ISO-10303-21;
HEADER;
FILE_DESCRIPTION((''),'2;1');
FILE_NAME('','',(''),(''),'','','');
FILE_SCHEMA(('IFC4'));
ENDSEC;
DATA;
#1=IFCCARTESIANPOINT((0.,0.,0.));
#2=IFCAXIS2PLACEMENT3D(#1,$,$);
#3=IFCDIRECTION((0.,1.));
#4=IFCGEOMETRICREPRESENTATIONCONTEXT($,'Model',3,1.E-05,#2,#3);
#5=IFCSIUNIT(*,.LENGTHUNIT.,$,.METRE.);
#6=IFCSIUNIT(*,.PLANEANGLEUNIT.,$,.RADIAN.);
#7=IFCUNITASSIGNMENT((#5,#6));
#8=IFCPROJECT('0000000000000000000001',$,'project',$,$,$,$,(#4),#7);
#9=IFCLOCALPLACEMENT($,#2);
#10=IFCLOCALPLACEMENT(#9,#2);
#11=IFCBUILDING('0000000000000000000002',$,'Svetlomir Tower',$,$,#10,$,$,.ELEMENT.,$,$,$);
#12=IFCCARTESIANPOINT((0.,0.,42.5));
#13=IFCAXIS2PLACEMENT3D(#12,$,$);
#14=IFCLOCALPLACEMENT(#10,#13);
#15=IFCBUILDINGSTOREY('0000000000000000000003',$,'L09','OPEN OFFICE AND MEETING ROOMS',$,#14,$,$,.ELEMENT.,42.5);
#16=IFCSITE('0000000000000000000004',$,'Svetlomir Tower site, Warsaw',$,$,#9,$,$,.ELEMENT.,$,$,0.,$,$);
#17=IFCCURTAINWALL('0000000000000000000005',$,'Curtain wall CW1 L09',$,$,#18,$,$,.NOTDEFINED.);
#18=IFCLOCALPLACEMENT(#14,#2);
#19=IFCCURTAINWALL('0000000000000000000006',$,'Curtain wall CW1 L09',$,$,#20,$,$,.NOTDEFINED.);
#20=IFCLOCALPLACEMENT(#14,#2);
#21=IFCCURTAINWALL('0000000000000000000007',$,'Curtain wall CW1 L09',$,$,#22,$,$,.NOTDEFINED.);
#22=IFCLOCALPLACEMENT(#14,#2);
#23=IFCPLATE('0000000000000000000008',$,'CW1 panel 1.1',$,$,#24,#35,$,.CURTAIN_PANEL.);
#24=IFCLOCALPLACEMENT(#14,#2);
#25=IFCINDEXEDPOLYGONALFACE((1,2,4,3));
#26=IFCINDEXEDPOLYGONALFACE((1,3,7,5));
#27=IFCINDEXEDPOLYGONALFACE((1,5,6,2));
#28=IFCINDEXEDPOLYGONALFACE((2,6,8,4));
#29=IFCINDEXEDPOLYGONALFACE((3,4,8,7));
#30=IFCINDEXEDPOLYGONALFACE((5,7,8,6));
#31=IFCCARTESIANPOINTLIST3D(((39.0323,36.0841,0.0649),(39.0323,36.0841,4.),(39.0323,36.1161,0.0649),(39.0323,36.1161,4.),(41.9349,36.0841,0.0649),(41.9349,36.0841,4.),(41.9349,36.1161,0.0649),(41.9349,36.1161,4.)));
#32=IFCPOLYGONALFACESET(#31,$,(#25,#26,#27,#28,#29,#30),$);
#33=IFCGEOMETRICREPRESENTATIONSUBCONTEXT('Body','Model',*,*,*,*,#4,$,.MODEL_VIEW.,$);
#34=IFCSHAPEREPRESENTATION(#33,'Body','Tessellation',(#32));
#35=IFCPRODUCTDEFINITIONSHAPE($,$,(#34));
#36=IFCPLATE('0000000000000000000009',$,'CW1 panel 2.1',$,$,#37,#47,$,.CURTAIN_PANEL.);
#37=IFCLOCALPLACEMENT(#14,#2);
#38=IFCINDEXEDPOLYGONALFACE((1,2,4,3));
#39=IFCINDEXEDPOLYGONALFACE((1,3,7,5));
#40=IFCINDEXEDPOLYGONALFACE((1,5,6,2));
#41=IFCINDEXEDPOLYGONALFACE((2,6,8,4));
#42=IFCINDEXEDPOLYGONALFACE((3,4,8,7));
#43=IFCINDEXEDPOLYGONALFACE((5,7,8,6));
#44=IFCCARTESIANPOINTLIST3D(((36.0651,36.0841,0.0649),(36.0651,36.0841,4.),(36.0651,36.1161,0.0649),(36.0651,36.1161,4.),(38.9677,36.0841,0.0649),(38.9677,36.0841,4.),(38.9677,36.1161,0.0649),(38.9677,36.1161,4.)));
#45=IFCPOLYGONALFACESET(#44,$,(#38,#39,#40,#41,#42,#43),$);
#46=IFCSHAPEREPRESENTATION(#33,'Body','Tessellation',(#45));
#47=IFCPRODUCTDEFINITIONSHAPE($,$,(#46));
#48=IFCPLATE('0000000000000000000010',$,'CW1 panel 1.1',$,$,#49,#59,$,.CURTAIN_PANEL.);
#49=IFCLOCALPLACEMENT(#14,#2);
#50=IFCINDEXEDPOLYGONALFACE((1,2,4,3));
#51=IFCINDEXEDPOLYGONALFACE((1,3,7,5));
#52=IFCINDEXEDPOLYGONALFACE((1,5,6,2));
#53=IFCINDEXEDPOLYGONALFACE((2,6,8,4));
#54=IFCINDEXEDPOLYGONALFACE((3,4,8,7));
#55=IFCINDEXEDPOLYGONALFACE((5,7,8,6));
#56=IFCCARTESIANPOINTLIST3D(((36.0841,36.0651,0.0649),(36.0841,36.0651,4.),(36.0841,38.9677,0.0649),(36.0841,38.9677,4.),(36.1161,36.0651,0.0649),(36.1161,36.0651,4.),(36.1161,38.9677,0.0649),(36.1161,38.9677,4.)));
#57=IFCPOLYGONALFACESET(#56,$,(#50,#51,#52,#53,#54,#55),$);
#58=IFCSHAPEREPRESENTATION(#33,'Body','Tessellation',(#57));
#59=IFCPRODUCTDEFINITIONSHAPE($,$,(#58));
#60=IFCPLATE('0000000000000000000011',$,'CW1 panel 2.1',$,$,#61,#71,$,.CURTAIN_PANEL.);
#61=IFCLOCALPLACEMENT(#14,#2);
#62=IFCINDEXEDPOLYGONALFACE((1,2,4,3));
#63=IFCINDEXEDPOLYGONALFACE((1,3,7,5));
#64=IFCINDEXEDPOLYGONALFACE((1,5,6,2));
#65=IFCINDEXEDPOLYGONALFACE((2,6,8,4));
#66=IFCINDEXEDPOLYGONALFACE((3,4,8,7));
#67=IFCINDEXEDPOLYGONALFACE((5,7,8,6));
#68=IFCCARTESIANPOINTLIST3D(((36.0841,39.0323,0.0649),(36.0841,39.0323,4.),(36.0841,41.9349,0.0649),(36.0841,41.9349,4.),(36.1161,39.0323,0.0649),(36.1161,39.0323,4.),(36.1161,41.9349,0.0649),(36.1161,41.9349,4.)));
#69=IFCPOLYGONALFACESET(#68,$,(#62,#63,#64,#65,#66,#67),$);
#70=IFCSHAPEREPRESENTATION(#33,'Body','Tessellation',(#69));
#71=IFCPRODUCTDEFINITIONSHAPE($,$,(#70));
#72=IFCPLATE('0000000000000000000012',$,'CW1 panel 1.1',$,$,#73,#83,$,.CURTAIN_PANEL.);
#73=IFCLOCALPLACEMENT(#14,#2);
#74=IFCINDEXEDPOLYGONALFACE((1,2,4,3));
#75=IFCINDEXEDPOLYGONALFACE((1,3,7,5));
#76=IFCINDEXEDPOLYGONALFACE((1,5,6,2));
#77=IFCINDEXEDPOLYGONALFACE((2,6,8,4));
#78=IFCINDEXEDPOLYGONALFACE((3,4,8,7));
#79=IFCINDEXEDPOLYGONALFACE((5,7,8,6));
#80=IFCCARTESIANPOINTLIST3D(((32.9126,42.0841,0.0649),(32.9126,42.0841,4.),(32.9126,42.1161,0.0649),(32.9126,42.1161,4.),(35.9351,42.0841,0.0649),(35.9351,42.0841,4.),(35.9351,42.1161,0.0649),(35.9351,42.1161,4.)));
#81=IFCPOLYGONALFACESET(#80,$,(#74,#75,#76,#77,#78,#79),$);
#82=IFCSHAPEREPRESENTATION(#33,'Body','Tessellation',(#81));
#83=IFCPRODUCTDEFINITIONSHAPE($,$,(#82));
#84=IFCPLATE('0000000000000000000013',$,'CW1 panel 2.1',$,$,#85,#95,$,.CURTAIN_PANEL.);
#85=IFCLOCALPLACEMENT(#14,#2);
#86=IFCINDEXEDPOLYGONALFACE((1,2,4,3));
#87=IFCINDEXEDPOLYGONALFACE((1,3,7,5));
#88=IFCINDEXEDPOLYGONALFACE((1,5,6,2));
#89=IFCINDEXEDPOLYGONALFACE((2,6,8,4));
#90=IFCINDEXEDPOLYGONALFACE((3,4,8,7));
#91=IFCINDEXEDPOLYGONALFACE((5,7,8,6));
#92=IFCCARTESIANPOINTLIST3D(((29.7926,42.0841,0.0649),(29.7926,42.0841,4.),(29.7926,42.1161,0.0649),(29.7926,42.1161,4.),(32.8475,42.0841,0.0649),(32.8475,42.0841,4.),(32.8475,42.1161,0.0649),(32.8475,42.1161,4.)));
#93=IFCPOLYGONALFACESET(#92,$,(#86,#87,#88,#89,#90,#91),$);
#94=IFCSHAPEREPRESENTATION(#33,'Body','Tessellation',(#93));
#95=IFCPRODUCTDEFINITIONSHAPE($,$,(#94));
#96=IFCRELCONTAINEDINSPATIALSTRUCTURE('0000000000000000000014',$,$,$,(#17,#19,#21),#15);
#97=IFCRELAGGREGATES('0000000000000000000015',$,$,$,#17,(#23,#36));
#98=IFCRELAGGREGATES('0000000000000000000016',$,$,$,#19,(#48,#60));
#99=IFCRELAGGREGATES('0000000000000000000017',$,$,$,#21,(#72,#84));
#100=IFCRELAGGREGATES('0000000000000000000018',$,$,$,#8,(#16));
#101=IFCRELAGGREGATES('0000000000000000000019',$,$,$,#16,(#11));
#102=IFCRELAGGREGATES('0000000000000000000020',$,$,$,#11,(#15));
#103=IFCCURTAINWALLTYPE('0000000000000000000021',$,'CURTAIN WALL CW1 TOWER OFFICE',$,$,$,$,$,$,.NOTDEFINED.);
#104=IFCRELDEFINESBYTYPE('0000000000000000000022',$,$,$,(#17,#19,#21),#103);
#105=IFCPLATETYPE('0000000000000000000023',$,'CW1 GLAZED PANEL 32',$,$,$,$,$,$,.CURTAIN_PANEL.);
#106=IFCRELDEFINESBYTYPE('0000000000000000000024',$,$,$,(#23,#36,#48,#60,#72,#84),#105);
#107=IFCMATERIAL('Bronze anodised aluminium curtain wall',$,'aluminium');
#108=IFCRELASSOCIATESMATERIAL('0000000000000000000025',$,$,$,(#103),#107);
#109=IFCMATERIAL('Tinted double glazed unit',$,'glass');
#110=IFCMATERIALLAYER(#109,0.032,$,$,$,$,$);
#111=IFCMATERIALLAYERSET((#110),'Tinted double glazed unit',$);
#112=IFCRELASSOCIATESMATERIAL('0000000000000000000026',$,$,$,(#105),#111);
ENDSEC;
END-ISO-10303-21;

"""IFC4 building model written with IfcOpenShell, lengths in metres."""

from ifc_helpers import new_model, si_unit, direction, frame, origin, origin_2d, place, context, subcontext, project, spatial, rectangle, extrude, material, layer, layer_set, type_object, element, aggregate, save


model = new_model("IFC4")

# Units and contexts
model_context = context("Model", 3, precision=1e-05, world=origin(), true_north=direction((0.0, 1.0)))
body_context = subcontext(model_context, "Body", "Model", "MODEL_VIEW")
ifc_project = project(units=[si_unit("LENGTHUNIT", "METRE"), si_unit("PLANEANGLEUNIT", "RADIAN")], contexts=[model_context])

# Site, building, storey
site_placement = place(None, origin())
site = spatial("IfcSite", under=ifc_project, at=site_placement, Name="Svetlomir Tower site, Warsaw", CompositionType="ELEMENT", RefElevation=0.0)
building_placement = place(site_placement, origin())
building = spatial("IfcBuilding", under=site, at=building_placement, Name="Svetlomir Tower", CompositionType="ELEMENT")
storey_placement = place(building_placement, frame((0.0, 0.0, 42.5)))
storey = spatial("IfcBuildingStorey", under=building, at=storey_placement, Name="L09", Description="OPEN OFFICE AND MEETING ROOMS", CompositionType="ELEMENT", Elevation=42.5)

# Curtain walls
ifc_material_1 = material(Name="Bronze anodised aluminium curtain wall", Category="aluminium")
curtain_wall_type = type_object("IfcCurtainWallType", Name="CURTAIN WALL CW1 TOWER OFFICE", PredefinedType="NOTDEFINED", material=ifc_material_1)
curtain_wall_1_placement = place(storey_placement, origin())
curtain_wall_1 = element("IfcCurtainWall", 1, at=curtain_wall_1_placement, inside=storey, type_object=curtain_wall_type, Name="Curtain wall CW1 L09", PredefinedType="NOTDEFINED")
curtain_wall_2_placement = place(storey_placement, origin())
curtain_wall_2 = element("IfcCurtainWall", 2, at=curtain_wall_2_placement, inside=storey, type_object=curtain_wall_type, Name="Curtain wall CW1 L09", PredefinedType="NOTDEFINED")
curtain_wall_3_placement = place(storey_placement, origin())
curtain_wall_3 = element("IfcCurtainWall", 3, at=curtain_wall_3_placement, inside=storey, type_object=curtain_wall_type, Name="Curtain wall CW1 L09", PredefinedType="NOTDEFINED")

# Plates
ifc_material_2 = material(Name="Tinted double glazed unit", Category="glass")
ifc_layer = layer(ifc_material_2, 0.032)
ifc_layer_set = layer_set([ifc_layer], Name="Tinted double glazed unit")
plate_type = type_object("IfcPlateType", Name="CW1 GLAZED PANEL 32", PredefinedType="CURTAIN_PANEL", material=ifc_layer_set)
plate_1_placement = place(storey_placement, frame((40.4836, 36.1001, 0.0649), z_axis=(0.0, 0.0, 1.0), x_axis=(-1.0, 0.0, 0.0)))
plate_1 = element("IfcPlate", 4, at=plate_1_placement, type_object=plate_type, Name="CW1 panel 1.1", PredefinedType="CURTAIN_PANEL", context=body_context, shape_type="SweptSolid", body=[
    extrude(rectangle(XDim=2.9026, YDim=0.032, at=origin_2d()), origin(), (0.0, 0.0, 1.0), 3.9351),
])
plate_2_placement = place(storey_placement, frame((37.5164, 36.1001, 0.0649), z_axis=(0.0, 0.0, 1.0), x_axis=(-1.0, 0.0, 0.0)))
plate_2 = element("IfcPlate", 5, at=plate_2_placement, type_object=plate_type, Name="CW1 panel 2.1", PredefinedType="CURTAIN_PANEL", context=body_context, shape_type="SweptSolid", body=[
    extrude(rectangle(XDim=2.9026, YDim=0.032, at=origin_2d()), origin(), (0.0, 0.0, 1.0), 3.9351),
])
aggregate(curtain_wall_1, [plate_1, plate_2])
plate_3_placement = place(storey_placement, frame((36.1001, 37.5164, 0.0649), z_axis=(0.0, 0.0, 1.0), x_axis=(0.0, 1.0, 0.0)))
plate_3 = element("IfcPlate", 6, at=plate_3_placement, type_object=plate_type, Name="CW1 panel 1.1", PredefinedType="CURTAIN_PANEL", context=body_context, shape_type="SweptSolid", body=[
    extrude(rectangle(XDim=2.9026, YDim=0.032, at=origin_2d()), origin(), (0.0, 0.0, 1.0), 3.9351),
])
plate_4_placement = place(storey_placement, frame((36.1001, 40.4836, 0.0649), z_axis=(0.0, 0.0, 1.0), x_axis=(0.0, 1.0, 0.0)))
plate_4 = element("IfcPlate", 7, at=plate_4_placement, type_object=plate_type, Name="CW1 panel 2.1", PredefinedType="CURTAIN_PANEL", context=body_context, shape_type="SweptSolid", body=[
    extrude(rectangle(XDim=2.9026, YDim=0.032, at=origin_2d()), origin(), (0.0, 0.0, 1.0), 3.9351),
])
aggregate(curtain_wall_2, [plate_3, plate_4])
plate_5_placement = place(storey_placement, frame((34.4238, 42.1001, 0.0649), z_axis=(0.0, 0.0, 1.0), x_axis=(-1.0, 0.0, 0.0)))
plate_5 = element("IfcPlate", 8, at=plate_5_placement, type_object=plate_type, Name="CW1 panel 1.1", PredefinedType="CURTAIN_PANEL", context=body_context, shape_type="SweptSolid", body=[
    extrude(rectangle(XDim=3.0225, YDim=0.032, at=origin_2d()), origin(), (0.0, 0.0, 1.0), 3.9351),
])
plate_6_placement = place(storey_placement, frame((31.3201, 42.1001, 0.0649), z_axis=(0.0, 0.0, 1.0), x_axis=(-1.0, 0.0, 0.0)))
plate_6 = element("IfcPlate", 9, at=plate_6_placement, type_object=plate_type, Name="CW1 panel 2.1", PredefinedType="CURTAIN_PANEL", context=body_context, shape_type="SweptSolid", body=[
    extrude(rectangle(XDim=3.0549, YDim=0.032, at=origin_2d()), origin(), (0.0, 0.0, 1.0), 3.9351),
])
aggregate(curtain_wall_3, [plate_5, plate_6])

save(model, "model.ifc")
